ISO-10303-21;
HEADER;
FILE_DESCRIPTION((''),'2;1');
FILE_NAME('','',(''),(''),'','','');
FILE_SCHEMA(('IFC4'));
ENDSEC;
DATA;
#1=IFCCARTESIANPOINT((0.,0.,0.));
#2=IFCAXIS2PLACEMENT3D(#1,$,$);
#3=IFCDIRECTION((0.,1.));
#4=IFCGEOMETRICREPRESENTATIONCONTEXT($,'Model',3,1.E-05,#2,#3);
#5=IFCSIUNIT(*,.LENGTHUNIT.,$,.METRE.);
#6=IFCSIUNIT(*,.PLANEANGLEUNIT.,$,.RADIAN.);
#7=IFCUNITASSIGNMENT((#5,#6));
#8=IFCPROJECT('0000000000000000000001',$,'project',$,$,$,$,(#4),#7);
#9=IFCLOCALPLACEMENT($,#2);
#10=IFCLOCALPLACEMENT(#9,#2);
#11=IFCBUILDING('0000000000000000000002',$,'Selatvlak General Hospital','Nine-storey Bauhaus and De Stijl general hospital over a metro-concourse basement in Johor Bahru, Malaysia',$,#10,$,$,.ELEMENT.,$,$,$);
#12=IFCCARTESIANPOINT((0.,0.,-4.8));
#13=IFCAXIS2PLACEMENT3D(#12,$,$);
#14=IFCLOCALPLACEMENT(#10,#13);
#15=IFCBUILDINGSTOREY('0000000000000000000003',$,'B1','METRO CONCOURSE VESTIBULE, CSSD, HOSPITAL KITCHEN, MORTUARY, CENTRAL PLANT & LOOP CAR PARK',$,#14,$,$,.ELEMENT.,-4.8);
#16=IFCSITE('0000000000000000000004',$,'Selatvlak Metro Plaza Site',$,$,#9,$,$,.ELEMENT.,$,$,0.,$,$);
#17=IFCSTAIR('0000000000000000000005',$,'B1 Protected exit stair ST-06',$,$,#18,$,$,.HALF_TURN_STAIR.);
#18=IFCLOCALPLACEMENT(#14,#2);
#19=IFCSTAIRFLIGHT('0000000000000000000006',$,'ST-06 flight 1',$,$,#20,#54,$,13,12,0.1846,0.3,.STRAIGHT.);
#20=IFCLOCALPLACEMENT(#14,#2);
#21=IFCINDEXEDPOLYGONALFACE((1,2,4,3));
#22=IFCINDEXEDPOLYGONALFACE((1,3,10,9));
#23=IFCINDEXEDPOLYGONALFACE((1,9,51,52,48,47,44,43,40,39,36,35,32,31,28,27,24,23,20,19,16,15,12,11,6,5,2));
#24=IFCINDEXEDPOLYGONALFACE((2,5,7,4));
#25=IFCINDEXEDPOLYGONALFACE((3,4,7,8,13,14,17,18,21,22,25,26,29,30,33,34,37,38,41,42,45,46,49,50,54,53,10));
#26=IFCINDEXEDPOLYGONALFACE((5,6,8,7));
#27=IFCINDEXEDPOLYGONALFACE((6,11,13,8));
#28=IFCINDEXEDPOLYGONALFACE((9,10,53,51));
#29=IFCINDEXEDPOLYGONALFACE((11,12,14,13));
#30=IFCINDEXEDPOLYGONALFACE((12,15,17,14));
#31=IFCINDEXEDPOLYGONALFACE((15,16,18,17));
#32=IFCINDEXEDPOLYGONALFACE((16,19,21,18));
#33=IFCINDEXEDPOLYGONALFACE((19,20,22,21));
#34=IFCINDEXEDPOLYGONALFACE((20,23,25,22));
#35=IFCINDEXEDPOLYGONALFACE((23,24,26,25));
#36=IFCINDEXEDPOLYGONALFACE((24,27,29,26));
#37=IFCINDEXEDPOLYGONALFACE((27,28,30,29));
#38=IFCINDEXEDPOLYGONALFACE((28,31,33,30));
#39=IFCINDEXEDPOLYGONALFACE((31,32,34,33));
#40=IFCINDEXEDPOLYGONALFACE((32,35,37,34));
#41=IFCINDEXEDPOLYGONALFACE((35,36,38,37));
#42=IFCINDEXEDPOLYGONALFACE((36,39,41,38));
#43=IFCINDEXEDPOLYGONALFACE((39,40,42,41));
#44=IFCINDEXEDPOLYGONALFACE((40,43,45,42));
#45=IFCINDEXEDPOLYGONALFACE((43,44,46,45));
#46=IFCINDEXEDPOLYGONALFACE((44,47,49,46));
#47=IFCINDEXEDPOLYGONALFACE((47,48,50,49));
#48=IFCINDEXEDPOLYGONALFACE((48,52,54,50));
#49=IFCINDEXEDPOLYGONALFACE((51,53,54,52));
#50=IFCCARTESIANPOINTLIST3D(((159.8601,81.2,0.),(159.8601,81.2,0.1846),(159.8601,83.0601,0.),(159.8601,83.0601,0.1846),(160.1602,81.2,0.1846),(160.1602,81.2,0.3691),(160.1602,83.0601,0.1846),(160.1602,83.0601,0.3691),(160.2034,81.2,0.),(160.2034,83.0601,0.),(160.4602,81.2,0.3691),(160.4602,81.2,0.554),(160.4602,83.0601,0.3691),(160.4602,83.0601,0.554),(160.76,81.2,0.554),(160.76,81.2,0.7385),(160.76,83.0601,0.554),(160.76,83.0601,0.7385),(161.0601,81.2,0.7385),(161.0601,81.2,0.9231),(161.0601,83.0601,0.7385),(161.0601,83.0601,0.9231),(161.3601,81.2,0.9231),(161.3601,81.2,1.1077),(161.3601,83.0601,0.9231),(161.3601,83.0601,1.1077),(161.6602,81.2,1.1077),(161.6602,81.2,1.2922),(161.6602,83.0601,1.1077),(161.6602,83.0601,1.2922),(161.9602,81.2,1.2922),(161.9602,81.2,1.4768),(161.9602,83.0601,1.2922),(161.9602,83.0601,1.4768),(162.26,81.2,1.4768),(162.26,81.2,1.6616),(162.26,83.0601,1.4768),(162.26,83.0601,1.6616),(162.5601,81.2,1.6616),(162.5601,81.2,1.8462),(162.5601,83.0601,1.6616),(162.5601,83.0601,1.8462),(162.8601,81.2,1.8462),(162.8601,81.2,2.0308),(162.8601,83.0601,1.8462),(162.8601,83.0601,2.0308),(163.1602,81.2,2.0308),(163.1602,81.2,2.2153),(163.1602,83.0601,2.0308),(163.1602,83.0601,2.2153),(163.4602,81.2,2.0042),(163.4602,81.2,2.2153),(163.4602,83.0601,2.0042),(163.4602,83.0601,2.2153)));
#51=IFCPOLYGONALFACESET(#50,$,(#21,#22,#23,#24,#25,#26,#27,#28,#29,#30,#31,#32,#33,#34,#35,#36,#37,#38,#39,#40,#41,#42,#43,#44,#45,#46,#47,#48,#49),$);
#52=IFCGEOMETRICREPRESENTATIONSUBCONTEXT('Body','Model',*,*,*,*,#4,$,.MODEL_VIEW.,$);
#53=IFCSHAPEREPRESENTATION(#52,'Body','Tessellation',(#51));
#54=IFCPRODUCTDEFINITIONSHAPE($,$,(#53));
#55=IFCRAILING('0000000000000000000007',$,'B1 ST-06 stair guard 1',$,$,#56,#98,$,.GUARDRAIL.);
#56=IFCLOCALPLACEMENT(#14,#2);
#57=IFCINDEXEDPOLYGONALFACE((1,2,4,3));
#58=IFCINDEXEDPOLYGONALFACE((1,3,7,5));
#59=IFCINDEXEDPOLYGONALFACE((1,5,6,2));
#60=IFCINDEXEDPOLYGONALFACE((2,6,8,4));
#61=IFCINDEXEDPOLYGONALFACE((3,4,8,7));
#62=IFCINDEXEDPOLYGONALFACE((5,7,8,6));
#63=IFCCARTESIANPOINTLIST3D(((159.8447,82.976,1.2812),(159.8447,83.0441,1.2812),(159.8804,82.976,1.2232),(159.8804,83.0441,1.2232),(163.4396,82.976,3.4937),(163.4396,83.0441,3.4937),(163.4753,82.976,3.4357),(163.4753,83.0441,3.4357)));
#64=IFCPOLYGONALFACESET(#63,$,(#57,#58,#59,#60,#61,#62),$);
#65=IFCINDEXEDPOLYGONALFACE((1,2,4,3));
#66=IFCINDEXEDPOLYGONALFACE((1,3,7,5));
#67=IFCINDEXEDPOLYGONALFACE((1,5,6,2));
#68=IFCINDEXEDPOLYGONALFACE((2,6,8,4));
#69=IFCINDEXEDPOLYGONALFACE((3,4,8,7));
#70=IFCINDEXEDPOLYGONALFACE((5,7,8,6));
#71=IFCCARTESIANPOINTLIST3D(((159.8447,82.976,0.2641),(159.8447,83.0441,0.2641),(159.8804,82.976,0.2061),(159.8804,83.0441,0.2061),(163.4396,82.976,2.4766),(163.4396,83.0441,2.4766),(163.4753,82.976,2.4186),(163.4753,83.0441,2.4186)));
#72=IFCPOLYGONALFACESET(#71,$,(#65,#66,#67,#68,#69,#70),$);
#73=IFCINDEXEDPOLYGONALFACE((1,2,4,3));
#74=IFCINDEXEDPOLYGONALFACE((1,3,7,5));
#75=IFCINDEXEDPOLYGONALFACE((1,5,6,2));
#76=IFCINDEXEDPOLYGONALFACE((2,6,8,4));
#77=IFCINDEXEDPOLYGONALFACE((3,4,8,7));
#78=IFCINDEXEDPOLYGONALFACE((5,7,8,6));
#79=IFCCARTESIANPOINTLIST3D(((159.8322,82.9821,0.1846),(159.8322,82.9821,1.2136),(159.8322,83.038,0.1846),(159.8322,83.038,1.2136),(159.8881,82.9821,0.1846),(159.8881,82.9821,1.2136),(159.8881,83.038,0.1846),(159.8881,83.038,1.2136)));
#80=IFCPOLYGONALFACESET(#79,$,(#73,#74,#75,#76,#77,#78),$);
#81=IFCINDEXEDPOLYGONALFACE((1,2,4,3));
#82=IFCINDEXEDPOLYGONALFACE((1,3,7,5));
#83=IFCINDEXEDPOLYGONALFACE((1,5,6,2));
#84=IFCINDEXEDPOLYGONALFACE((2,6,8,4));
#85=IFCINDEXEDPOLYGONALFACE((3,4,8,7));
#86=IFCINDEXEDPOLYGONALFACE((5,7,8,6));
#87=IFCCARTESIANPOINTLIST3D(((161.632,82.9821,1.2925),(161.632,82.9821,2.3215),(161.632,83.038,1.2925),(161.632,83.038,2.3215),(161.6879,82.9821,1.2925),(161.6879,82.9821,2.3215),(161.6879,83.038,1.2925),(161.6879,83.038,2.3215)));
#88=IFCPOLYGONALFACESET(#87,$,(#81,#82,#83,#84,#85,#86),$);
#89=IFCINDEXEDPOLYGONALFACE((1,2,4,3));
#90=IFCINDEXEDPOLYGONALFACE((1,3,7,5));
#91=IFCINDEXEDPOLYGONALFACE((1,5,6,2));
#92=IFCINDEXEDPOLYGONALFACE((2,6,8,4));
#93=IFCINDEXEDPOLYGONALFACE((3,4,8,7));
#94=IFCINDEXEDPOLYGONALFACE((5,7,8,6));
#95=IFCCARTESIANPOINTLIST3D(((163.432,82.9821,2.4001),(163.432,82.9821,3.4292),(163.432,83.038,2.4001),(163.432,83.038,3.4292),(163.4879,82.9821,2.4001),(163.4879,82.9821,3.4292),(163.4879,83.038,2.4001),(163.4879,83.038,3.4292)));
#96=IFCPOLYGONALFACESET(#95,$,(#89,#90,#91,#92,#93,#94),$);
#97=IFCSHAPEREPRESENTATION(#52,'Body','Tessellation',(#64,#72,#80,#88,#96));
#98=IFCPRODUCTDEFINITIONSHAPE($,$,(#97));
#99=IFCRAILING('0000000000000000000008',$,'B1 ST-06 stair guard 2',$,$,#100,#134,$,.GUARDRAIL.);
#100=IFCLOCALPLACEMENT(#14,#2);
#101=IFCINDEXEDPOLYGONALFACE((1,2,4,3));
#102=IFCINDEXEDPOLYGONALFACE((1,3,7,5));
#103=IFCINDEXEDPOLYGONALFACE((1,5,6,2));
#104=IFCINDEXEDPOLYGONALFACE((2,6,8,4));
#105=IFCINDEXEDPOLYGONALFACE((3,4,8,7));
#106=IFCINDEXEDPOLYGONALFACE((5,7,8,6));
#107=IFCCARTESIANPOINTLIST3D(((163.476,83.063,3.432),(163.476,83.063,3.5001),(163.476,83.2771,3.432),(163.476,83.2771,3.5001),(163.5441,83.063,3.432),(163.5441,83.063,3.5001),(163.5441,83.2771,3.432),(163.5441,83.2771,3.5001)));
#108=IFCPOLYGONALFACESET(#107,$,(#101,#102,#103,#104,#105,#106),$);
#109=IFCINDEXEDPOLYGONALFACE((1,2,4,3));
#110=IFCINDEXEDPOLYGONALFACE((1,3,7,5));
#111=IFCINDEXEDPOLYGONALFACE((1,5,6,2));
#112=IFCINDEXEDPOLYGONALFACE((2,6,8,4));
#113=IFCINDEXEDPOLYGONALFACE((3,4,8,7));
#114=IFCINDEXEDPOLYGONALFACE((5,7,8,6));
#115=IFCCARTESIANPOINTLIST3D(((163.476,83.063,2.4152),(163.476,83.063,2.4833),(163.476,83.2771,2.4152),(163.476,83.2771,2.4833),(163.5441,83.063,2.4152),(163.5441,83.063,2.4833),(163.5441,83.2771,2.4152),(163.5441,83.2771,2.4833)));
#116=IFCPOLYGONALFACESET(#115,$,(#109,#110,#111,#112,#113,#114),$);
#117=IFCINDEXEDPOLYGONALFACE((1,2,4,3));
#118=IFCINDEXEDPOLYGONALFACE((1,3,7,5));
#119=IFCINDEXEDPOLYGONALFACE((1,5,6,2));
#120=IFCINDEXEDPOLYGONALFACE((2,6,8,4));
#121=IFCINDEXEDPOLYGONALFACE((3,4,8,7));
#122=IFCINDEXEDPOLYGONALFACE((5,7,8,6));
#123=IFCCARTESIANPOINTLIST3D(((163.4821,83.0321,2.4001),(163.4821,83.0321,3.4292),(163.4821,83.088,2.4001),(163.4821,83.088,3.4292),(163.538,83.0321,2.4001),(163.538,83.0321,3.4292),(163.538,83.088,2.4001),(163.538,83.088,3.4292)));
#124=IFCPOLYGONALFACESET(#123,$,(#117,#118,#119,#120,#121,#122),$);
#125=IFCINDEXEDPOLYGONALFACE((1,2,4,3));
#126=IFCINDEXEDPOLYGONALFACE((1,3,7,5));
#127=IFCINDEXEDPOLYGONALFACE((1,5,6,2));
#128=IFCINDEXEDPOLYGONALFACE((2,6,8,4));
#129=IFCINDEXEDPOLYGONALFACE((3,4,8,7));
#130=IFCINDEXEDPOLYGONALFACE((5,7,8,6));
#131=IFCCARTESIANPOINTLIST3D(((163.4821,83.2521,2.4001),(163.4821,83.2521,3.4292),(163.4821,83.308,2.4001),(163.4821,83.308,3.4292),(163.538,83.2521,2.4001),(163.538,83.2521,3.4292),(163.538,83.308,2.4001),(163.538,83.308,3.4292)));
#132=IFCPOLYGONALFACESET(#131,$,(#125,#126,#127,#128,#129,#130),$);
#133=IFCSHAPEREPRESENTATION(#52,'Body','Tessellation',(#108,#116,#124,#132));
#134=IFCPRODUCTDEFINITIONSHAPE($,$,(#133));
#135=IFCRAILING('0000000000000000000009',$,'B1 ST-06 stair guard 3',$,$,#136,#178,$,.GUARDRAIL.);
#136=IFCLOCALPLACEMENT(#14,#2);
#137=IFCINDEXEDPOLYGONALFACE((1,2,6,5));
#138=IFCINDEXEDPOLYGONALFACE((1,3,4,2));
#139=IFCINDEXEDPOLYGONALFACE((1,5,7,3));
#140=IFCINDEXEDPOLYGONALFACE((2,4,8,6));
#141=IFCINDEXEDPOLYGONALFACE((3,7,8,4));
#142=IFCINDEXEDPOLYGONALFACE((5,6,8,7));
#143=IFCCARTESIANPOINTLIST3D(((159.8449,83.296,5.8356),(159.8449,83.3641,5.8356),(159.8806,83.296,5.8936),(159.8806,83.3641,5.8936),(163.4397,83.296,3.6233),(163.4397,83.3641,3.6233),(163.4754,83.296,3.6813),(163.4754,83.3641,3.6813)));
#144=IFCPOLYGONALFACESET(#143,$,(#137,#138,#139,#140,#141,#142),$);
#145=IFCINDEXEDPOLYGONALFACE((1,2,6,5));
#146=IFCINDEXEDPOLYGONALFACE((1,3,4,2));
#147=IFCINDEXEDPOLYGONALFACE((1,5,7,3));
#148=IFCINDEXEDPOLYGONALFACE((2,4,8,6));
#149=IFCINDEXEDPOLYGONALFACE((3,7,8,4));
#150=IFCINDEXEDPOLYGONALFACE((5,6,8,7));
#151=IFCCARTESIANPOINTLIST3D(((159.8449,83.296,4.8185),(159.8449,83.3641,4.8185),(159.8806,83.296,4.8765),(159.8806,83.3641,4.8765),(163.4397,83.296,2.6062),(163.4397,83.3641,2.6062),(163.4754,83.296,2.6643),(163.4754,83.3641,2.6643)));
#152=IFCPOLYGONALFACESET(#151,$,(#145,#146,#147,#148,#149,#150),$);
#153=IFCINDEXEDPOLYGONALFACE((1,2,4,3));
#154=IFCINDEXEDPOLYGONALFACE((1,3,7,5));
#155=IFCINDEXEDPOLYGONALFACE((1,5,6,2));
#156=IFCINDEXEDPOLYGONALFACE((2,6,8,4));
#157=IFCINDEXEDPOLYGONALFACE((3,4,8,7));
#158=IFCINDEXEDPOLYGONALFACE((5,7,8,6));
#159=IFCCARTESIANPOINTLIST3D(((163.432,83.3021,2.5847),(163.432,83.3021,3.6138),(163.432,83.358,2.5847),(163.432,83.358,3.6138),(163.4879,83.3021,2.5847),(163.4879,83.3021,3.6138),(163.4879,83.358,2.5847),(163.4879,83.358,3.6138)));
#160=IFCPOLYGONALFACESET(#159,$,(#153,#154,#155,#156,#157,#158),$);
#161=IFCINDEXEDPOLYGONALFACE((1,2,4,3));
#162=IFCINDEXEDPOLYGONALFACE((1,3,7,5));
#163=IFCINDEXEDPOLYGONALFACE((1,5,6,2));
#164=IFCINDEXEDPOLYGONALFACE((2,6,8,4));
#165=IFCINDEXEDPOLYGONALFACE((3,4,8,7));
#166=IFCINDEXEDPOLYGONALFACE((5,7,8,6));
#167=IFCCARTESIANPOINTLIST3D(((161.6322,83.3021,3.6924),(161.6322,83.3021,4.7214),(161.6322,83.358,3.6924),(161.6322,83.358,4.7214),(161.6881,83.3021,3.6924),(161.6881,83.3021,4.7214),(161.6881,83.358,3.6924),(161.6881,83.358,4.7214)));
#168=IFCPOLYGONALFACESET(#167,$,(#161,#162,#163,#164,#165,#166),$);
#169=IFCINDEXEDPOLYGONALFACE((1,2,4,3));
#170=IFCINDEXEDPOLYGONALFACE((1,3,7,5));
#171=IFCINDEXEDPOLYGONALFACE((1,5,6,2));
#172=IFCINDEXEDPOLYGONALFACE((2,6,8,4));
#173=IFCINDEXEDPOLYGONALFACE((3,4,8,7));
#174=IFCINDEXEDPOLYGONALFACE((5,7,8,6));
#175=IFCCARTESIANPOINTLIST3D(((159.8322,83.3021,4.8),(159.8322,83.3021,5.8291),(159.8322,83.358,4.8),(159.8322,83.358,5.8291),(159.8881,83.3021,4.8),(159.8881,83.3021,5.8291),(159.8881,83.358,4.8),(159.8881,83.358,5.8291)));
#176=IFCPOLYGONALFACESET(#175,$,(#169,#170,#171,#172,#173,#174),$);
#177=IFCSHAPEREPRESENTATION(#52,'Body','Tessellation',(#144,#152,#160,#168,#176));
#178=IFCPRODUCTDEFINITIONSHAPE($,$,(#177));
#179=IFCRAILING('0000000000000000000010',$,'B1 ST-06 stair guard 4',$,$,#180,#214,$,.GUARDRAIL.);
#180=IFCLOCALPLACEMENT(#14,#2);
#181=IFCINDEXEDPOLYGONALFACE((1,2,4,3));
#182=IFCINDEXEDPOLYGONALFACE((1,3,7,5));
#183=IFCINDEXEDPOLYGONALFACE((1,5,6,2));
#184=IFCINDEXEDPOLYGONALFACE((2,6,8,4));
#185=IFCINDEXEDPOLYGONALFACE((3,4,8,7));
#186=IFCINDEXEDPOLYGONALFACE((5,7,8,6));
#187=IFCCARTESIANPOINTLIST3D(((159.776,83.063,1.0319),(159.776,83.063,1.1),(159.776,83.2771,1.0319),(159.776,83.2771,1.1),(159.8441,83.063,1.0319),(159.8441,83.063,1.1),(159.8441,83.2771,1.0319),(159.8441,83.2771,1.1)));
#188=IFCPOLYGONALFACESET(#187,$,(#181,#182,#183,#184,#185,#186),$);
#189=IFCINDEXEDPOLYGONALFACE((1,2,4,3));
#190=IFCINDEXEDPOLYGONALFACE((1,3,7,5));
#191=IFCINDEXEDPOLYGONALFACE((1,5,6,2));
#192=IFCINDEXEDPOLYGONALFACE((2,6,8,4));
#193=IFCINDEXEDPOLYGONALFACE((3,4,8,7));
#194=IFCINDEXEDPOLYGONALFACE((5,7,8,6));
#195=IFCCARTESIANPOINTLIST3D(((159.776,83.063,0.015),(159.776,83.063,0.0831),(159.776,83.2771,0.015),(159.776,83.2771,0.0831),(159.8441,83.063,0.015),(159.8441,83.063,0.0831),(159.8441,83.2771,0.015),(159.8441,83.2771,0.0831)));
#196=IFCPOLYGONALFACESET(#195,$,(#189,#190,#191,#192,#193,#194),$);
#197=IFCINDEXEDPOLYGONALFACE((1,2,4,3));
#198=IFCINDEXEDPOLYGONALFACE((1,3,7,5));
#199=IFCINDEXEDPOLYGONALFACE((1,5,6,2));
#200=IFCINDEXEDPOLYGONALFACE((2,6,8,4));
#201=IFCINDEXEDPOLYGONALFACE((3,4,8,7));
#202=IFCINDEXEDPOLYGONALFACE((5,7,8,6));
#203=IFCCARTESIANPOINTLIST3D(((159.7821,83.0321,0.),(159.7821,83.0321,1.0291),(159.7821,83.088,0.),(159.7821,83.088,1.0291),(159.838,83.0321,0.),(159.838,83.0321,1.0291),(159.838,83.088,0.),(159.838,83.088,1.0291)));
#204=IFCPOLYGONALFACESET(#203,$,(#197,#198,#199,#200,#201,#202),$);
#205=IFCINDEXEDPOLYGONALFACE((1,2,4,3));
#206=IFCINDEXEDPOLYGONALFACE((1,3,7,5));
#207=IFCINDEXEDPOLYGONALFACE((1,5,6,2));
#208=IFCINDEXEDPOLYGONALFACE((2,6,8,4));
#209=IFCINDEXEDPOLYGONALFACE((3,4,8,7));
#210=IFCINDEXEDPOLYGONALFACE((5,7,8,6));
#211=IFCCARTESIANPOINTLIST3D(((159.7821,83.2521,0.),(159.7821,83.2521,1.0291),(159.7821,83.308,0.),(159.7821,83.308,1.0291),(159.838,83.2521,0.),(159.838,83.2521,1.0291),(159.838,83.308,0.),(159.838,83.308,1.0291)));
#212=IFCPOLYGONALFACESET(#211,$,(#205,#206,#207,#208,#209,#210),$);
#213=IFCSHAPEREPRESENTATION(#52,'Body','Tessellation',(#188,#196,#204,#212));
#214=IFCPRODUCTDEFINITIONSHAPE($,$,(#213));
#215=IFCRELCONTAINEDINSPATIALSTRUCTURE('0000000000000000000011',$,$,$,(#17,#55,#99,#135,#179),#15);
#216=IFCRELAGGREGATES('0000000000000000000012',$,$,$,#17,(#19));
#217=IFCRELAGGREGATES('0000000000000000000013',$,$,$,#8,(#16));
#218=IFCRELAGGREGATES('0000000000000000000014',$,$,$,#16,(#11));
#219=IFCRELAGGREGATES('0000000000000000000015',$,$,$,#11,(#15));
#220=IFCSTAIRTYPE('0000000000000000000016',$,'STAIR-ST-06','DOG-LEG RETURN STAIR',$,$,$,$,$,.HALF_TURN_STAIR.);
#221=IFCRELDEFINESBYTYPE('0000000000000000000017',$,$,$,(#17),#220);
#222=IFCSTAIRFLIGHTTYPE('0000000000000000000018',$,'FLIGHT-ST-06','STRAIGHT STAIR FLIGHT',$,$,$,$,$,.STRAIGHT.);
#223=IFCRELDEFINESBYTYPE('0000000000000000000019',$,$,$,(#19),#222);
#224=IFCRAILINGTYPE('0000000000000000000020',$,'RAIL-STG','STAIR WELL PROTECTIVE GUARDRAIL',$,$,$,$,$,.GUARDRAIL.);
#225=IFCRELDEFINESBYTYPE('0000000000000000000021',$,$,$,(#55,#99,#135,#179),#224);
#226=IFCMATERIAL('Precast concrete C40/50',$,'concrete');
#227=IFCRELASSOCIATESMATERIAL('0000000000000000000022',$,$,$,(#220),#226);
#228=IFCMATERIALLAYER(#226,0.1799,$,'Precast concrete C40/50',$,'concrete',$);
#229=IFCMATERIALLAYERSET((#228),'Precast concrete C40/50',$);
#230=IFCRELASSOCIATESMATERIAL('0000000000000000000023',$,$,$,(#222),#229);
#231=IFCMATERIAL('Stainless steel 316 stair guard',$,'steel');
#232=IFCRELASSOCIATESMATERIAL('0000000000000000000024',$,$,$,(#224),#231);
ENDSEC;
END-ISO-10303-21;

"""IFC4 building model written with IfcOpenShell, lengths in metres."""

from ifc_helpers import new_model, si_unit, direction, frame, origin, origin_2d, place, context, subcontext, project, spatial, polyline, rectangle, outline, extrude, material, layer, layer_set, type_object, element, aggregate, save


model = new_model("IFC4")

# Units and contexts
model_context = context("Model", 3, precision=1e-05, world=origin(), true_north=direction((0.0, 1.0)))
body_context = subcontext(model_context, "Body", "Model", "MODEL_VIEW")
ifc_project = project(units=[si_unit("LENGTHUNIT", "METRE"), si_unit("PLANEANGLEUNIT", "RADIAN")], contexts=[model_context])

# Site, building, storey
site_placement = place(None, origin())
site = spatial("IfcSite", under=ifc_project, at=site_placement, Name="Selatvlak Metro Plaza Site", CompositionType="ELEMENT", RefElevation=0.0)
building_placement = place(site_placement, origin())
building = spatial("IfcBuilding", under=site, at=building_placement, Name="Selatvlak General Hospital", Description="Nine-storey Bauhaus and De Stijl general hospital over a metro-concourse basement in Johor Bahru, Malaysia", CompositionType="ELEMENT")
storey_placement = place(building_placement, frame((0.0, 0.0, -4.8)))
storey = spatial("IfcBuildingStorey", under=building, at=storey_placement, Name="B1", Description="METRO CONCOURSE VESTIBULE, CSSD, HOSPITAL KITCHEN, MORTUARY, CENTRAL PLANT & LOOP CAR PARK", CompositionType="ELEMENT", Elevation=-4.8)

# Stair, stair flight
ifc_material_1 = material(Name="Precast concrete C40/50", Category="concrete")
stair_type = type_object("IfcStairType", Name="STAIR-ST-06", Description="DOG-LEG RETURN STAIR", PredefinedType="HALF_TURN_STAIR", material=ifc_material_1)
stair_placement = place(storey_placement, origin())
stair = element("IfcStair", 1, at=stair_placement, inside=storey, type_object=stair_type, Name="B1 Protected exit stair ST-06", PredefinedType="HALF_TURN_STAIR")
ifc_layer_1 = layer(ifc_material_1, 0.1799, Name="Precast concrete C40/50", Category="concrete")
ifc_layer_set_1 = layer_set([ifc_layer_1], Name="Precast concrete C40/50")
stair_flight_type = type_object("IfcStairFlightType", Name="FLIGHT-ST-06", Description="STRAIGHT STAIR FLIGHT", PredefinedType="STRAIGHT", material=ifc_layer_set_1)
stair_flight_placement = place(storey_placement, frame((159.8601, 82.1299, 0.0), z_axis=(0.0, 0.0, 1.0), x_axis=(1.0, 0.0, 0.0)))
stair_flight = element("IfcStairFlight", 2, at=stair_flight_placement, type_object=stair_flight_type, Name="ST-06 flight 1", NumberOfRisers=13, NumberOfTreads=12, PredefinedType="STRAIGHT", RiserHeight=0.1846, TreadLength=0.3, context=body_context, shape_type="SweptSolid", body=[
    extrude(outline(polyline([(0.0, 0.0), (0.0, 0.1846), (0.3, 0.1846), (0.3, 0.3691), (0.6001, 0.3691), (0.6001, 0.554), (0.8999, 0.554), (0.8999, 0.7385), (1.2, 0.7385), (1.2, 0.9231), (1.5, 0.9231), (1.5, 1.1077), (1.8, 1.1077), (1.8, 1.2922), (2.1001, 1.2922), (2.1001, 1.4768), (2.3999, 1.4768), (2.3999, 1.6616), (2.7, 1.6616), (2.7, 1.8462), (3.0, 1.8462), (3.0, 2.0308), (3.3, 2.0308), (3.3, 2.2153), (3.6001, 2.2153), (3.6001, 2.3999), (3.6001, 2.0042), (0.3433, 0.0), (0.0, 0.0)])), frame((0.0, 0.9302, 0.0), z_axis=(0.0, -1.0, 0.0), x_axis=(1.0, 0.0, 0.0)), (0.0, 0.0, 1.0), 1.8601),
])
aggregate(stair, [stair_flight])

# Railings
ifc_material_2 = material(Name="Stainless steel 316 stair guard", Category="steel")
railing_type_1 = type_object("IfcRailingType", Name="RAIL-STG", Description="STAIR WELL PROTECTIVE GUARDRAIL", PredefinedType="GUARDRAIL", material=ifc_material_2)
railing_1_placement = place(storey_placement, frame((159.8601, 83.01, 0.1846)))
element("IfcRailing", 3, at=railing_1_placement, inside=storey, type_object=railing_type_1, Name="B1 ST-06 stair guard 1", PredefinedType="GUARDRAIL", context=body_context, shape_type="SweptSolid", body=[
    extrude(rectangle(XDim=0.0681, YDim=0.0681, at=origin_2d()), frame((0.0024, 0.0, 1.0676), z_axis=(0.851629, 0.0, 0.524146), x_axis=(0.0, 1.0, 0.0)), (0.0, 0.0, 1.0), 4.2212),
    extrude(rectangle(XDim=0.0681, YDim=0.0681, at=origin_2d()), frame((0.0024, 0.0, 0.0505), z_axis=(0.851629, 0.0, 0.524146), x_axis=(0.0, 1.0, 0.0)), (0.0, 0.0, 1.0), 4.2212),
    extrude(rectangle(XDim=0.0559, YDim=0.0559, at=origin_2d()), origin(), (0.0, 0.0, 1.0), 1.0291),
    extrude(rectangle(XDim=0.0559, YDim=0.0559, at=origin_2d()), frame((1.7998, 0.0, 1.1079)), (0.0, 0.0, 1.0), 1.0291),
    extrude(rectangle(XDim=0.0559, YDim=0.0559, at=origin_2d()), frame((3.5999, 0.0, 2.2156)), (0.0, 0.0, 1.0), 1.0291),
])
railing_2_placement = place(storey_placement, frame((163.51, 83.0601, 2.4001)))
element("IfcRailing", 4, at=railing_2_placement, inside=storey, type_object=railing_type_1, Name="B1 ST-06 stair guard 2", PredefinedType="GUARDRAIL", context=body_context, shape_type="SweptSolid", body=[
    extrude(rectangle(XDim=0.0681, YDim=0.0681, at=origin_2d()), frame((0.0, 0.0029, 1.0659), z_axis=(0.0, 1.0, 0.0), x_axis=(-1.0, 0.0, 0.0)), (0.0, 0.0, 1.0), 0.2141),
    extrude(rectangle(XDim=0.0681, YDim=0.0681, at=origin_2d()), frame((0.0, 0.0029, 0.0491), z_axis=(0.0, 1.0, 0.0), x_axis=(-1.0, 0.0, 0.0)), (0.0, 0.0, 1.0), 0.2141),
    extrude(rectangle(XDim=0.0559, YDim=0.0559, at=origin_2d()), origin(), (0.0, 0.0, 1.0), 1.0291),
    extrude(rectangle(XDim=0.0559, YDim=0.0559, at=origin_2d()), frame((0.0, 0.22, 0.0)), (0.0, 0.0, 1.0), 1.0291),
])
railing_3_placement = place(storey_placement, frame((163.46, 83.3301, 2.5847)))
element("IfcRailing", 5, at=railing_3_placement, inside=storey, type_object=railing_type_1, Name="B1 ST-06 stair guard 3", PredefinedType="GUARDRAIL", context=body_context, shape_type="SweptSolid", body=[
    extrude(rectangle(XDim=0.0681, YDim=0.0681, at=origin_2d()), frame((-0.0024, 0.0, 1.0676), z_axis=(-0.851654, 0.0, 0.524104), x_axis=(0.0, -1.0, 0.0)), (0.0, 0.0, 1.0), 4.2209),
    extrude(rectangle(XDim=0.0681, YDim=0.0681, at=origin_2d()), frame((-0.0024, 0.0, 0.0505), z_axis=(-0.851654, 0.0, 0.524104), x_axis=(0.0, -1.0, 0.0)), (0.0, 0.0, 1.0), 4.2209),
    extrude(rectangle(XDim=0.0559, YDim=0.0559, at=origin_2d()), origin(), (0.0, 0.0, 1.0), 1.0291),
    extrude(rectangle(XDim=0.0559, YDim=0.0559, at=origin_2d()), frame((-1.7998, 0.0, 1.1077)), (0.0, 0.0, 1.0), 1.0291),
    extrude(rectangle(XDim=0.0559, YDim=0.0559, at=origin_2d()), frame((-3.5999, 0.0, 2.2153)), (0.0, 0.0, 1.0), 1.0291),
])
railing_4_placement = place(storey_placement, frame((159.8101, 83.0601, 0.0)))
element("IfcRailing", 6, at=railing_4_placement, inside=storey, type_object=railing_type_1, Name="B1 ST-06 stair guard 4", PredefinedType="GUARDRAIL", context=body_context, shape_type="SweptSolid", body=[
    extrude(rectangle(XDim=0.0681, YDim=0.0681, at=origin_2d()), frame((0.0, 0.0029, 1.0659), z_axis=(0.0, 1.0, 0.0), x_axis=(-1.0, 0.0, 0.0)), (0.0, 0.0, 1.0), 0.2141),
    extrude(rectangle(XDim=0.0681, YDim=0.0681, at=origin_2d()), frame((0.0, 0.0029, 0.0491), z_axis=(0.0, 1.0, 0.0), x_axis=(-1.0, 0.0, 0.0)), (0.0, 0.0, 1.0), 0.2141),
    extrude(rectangle(XDim=0.0559, YDim=0.0559, at=origin_2d()), origin(), (0.0, 0.0, 1.0), 1.0291),
    extrude(rectangle(XDim=0.0559, YDim=0.0559, at=origin_2d()), frame((0.0, 0.22, 0.0)), (0.0, 0.0, 1.0), 1.0291),
])

save(model, "model.ifc")
